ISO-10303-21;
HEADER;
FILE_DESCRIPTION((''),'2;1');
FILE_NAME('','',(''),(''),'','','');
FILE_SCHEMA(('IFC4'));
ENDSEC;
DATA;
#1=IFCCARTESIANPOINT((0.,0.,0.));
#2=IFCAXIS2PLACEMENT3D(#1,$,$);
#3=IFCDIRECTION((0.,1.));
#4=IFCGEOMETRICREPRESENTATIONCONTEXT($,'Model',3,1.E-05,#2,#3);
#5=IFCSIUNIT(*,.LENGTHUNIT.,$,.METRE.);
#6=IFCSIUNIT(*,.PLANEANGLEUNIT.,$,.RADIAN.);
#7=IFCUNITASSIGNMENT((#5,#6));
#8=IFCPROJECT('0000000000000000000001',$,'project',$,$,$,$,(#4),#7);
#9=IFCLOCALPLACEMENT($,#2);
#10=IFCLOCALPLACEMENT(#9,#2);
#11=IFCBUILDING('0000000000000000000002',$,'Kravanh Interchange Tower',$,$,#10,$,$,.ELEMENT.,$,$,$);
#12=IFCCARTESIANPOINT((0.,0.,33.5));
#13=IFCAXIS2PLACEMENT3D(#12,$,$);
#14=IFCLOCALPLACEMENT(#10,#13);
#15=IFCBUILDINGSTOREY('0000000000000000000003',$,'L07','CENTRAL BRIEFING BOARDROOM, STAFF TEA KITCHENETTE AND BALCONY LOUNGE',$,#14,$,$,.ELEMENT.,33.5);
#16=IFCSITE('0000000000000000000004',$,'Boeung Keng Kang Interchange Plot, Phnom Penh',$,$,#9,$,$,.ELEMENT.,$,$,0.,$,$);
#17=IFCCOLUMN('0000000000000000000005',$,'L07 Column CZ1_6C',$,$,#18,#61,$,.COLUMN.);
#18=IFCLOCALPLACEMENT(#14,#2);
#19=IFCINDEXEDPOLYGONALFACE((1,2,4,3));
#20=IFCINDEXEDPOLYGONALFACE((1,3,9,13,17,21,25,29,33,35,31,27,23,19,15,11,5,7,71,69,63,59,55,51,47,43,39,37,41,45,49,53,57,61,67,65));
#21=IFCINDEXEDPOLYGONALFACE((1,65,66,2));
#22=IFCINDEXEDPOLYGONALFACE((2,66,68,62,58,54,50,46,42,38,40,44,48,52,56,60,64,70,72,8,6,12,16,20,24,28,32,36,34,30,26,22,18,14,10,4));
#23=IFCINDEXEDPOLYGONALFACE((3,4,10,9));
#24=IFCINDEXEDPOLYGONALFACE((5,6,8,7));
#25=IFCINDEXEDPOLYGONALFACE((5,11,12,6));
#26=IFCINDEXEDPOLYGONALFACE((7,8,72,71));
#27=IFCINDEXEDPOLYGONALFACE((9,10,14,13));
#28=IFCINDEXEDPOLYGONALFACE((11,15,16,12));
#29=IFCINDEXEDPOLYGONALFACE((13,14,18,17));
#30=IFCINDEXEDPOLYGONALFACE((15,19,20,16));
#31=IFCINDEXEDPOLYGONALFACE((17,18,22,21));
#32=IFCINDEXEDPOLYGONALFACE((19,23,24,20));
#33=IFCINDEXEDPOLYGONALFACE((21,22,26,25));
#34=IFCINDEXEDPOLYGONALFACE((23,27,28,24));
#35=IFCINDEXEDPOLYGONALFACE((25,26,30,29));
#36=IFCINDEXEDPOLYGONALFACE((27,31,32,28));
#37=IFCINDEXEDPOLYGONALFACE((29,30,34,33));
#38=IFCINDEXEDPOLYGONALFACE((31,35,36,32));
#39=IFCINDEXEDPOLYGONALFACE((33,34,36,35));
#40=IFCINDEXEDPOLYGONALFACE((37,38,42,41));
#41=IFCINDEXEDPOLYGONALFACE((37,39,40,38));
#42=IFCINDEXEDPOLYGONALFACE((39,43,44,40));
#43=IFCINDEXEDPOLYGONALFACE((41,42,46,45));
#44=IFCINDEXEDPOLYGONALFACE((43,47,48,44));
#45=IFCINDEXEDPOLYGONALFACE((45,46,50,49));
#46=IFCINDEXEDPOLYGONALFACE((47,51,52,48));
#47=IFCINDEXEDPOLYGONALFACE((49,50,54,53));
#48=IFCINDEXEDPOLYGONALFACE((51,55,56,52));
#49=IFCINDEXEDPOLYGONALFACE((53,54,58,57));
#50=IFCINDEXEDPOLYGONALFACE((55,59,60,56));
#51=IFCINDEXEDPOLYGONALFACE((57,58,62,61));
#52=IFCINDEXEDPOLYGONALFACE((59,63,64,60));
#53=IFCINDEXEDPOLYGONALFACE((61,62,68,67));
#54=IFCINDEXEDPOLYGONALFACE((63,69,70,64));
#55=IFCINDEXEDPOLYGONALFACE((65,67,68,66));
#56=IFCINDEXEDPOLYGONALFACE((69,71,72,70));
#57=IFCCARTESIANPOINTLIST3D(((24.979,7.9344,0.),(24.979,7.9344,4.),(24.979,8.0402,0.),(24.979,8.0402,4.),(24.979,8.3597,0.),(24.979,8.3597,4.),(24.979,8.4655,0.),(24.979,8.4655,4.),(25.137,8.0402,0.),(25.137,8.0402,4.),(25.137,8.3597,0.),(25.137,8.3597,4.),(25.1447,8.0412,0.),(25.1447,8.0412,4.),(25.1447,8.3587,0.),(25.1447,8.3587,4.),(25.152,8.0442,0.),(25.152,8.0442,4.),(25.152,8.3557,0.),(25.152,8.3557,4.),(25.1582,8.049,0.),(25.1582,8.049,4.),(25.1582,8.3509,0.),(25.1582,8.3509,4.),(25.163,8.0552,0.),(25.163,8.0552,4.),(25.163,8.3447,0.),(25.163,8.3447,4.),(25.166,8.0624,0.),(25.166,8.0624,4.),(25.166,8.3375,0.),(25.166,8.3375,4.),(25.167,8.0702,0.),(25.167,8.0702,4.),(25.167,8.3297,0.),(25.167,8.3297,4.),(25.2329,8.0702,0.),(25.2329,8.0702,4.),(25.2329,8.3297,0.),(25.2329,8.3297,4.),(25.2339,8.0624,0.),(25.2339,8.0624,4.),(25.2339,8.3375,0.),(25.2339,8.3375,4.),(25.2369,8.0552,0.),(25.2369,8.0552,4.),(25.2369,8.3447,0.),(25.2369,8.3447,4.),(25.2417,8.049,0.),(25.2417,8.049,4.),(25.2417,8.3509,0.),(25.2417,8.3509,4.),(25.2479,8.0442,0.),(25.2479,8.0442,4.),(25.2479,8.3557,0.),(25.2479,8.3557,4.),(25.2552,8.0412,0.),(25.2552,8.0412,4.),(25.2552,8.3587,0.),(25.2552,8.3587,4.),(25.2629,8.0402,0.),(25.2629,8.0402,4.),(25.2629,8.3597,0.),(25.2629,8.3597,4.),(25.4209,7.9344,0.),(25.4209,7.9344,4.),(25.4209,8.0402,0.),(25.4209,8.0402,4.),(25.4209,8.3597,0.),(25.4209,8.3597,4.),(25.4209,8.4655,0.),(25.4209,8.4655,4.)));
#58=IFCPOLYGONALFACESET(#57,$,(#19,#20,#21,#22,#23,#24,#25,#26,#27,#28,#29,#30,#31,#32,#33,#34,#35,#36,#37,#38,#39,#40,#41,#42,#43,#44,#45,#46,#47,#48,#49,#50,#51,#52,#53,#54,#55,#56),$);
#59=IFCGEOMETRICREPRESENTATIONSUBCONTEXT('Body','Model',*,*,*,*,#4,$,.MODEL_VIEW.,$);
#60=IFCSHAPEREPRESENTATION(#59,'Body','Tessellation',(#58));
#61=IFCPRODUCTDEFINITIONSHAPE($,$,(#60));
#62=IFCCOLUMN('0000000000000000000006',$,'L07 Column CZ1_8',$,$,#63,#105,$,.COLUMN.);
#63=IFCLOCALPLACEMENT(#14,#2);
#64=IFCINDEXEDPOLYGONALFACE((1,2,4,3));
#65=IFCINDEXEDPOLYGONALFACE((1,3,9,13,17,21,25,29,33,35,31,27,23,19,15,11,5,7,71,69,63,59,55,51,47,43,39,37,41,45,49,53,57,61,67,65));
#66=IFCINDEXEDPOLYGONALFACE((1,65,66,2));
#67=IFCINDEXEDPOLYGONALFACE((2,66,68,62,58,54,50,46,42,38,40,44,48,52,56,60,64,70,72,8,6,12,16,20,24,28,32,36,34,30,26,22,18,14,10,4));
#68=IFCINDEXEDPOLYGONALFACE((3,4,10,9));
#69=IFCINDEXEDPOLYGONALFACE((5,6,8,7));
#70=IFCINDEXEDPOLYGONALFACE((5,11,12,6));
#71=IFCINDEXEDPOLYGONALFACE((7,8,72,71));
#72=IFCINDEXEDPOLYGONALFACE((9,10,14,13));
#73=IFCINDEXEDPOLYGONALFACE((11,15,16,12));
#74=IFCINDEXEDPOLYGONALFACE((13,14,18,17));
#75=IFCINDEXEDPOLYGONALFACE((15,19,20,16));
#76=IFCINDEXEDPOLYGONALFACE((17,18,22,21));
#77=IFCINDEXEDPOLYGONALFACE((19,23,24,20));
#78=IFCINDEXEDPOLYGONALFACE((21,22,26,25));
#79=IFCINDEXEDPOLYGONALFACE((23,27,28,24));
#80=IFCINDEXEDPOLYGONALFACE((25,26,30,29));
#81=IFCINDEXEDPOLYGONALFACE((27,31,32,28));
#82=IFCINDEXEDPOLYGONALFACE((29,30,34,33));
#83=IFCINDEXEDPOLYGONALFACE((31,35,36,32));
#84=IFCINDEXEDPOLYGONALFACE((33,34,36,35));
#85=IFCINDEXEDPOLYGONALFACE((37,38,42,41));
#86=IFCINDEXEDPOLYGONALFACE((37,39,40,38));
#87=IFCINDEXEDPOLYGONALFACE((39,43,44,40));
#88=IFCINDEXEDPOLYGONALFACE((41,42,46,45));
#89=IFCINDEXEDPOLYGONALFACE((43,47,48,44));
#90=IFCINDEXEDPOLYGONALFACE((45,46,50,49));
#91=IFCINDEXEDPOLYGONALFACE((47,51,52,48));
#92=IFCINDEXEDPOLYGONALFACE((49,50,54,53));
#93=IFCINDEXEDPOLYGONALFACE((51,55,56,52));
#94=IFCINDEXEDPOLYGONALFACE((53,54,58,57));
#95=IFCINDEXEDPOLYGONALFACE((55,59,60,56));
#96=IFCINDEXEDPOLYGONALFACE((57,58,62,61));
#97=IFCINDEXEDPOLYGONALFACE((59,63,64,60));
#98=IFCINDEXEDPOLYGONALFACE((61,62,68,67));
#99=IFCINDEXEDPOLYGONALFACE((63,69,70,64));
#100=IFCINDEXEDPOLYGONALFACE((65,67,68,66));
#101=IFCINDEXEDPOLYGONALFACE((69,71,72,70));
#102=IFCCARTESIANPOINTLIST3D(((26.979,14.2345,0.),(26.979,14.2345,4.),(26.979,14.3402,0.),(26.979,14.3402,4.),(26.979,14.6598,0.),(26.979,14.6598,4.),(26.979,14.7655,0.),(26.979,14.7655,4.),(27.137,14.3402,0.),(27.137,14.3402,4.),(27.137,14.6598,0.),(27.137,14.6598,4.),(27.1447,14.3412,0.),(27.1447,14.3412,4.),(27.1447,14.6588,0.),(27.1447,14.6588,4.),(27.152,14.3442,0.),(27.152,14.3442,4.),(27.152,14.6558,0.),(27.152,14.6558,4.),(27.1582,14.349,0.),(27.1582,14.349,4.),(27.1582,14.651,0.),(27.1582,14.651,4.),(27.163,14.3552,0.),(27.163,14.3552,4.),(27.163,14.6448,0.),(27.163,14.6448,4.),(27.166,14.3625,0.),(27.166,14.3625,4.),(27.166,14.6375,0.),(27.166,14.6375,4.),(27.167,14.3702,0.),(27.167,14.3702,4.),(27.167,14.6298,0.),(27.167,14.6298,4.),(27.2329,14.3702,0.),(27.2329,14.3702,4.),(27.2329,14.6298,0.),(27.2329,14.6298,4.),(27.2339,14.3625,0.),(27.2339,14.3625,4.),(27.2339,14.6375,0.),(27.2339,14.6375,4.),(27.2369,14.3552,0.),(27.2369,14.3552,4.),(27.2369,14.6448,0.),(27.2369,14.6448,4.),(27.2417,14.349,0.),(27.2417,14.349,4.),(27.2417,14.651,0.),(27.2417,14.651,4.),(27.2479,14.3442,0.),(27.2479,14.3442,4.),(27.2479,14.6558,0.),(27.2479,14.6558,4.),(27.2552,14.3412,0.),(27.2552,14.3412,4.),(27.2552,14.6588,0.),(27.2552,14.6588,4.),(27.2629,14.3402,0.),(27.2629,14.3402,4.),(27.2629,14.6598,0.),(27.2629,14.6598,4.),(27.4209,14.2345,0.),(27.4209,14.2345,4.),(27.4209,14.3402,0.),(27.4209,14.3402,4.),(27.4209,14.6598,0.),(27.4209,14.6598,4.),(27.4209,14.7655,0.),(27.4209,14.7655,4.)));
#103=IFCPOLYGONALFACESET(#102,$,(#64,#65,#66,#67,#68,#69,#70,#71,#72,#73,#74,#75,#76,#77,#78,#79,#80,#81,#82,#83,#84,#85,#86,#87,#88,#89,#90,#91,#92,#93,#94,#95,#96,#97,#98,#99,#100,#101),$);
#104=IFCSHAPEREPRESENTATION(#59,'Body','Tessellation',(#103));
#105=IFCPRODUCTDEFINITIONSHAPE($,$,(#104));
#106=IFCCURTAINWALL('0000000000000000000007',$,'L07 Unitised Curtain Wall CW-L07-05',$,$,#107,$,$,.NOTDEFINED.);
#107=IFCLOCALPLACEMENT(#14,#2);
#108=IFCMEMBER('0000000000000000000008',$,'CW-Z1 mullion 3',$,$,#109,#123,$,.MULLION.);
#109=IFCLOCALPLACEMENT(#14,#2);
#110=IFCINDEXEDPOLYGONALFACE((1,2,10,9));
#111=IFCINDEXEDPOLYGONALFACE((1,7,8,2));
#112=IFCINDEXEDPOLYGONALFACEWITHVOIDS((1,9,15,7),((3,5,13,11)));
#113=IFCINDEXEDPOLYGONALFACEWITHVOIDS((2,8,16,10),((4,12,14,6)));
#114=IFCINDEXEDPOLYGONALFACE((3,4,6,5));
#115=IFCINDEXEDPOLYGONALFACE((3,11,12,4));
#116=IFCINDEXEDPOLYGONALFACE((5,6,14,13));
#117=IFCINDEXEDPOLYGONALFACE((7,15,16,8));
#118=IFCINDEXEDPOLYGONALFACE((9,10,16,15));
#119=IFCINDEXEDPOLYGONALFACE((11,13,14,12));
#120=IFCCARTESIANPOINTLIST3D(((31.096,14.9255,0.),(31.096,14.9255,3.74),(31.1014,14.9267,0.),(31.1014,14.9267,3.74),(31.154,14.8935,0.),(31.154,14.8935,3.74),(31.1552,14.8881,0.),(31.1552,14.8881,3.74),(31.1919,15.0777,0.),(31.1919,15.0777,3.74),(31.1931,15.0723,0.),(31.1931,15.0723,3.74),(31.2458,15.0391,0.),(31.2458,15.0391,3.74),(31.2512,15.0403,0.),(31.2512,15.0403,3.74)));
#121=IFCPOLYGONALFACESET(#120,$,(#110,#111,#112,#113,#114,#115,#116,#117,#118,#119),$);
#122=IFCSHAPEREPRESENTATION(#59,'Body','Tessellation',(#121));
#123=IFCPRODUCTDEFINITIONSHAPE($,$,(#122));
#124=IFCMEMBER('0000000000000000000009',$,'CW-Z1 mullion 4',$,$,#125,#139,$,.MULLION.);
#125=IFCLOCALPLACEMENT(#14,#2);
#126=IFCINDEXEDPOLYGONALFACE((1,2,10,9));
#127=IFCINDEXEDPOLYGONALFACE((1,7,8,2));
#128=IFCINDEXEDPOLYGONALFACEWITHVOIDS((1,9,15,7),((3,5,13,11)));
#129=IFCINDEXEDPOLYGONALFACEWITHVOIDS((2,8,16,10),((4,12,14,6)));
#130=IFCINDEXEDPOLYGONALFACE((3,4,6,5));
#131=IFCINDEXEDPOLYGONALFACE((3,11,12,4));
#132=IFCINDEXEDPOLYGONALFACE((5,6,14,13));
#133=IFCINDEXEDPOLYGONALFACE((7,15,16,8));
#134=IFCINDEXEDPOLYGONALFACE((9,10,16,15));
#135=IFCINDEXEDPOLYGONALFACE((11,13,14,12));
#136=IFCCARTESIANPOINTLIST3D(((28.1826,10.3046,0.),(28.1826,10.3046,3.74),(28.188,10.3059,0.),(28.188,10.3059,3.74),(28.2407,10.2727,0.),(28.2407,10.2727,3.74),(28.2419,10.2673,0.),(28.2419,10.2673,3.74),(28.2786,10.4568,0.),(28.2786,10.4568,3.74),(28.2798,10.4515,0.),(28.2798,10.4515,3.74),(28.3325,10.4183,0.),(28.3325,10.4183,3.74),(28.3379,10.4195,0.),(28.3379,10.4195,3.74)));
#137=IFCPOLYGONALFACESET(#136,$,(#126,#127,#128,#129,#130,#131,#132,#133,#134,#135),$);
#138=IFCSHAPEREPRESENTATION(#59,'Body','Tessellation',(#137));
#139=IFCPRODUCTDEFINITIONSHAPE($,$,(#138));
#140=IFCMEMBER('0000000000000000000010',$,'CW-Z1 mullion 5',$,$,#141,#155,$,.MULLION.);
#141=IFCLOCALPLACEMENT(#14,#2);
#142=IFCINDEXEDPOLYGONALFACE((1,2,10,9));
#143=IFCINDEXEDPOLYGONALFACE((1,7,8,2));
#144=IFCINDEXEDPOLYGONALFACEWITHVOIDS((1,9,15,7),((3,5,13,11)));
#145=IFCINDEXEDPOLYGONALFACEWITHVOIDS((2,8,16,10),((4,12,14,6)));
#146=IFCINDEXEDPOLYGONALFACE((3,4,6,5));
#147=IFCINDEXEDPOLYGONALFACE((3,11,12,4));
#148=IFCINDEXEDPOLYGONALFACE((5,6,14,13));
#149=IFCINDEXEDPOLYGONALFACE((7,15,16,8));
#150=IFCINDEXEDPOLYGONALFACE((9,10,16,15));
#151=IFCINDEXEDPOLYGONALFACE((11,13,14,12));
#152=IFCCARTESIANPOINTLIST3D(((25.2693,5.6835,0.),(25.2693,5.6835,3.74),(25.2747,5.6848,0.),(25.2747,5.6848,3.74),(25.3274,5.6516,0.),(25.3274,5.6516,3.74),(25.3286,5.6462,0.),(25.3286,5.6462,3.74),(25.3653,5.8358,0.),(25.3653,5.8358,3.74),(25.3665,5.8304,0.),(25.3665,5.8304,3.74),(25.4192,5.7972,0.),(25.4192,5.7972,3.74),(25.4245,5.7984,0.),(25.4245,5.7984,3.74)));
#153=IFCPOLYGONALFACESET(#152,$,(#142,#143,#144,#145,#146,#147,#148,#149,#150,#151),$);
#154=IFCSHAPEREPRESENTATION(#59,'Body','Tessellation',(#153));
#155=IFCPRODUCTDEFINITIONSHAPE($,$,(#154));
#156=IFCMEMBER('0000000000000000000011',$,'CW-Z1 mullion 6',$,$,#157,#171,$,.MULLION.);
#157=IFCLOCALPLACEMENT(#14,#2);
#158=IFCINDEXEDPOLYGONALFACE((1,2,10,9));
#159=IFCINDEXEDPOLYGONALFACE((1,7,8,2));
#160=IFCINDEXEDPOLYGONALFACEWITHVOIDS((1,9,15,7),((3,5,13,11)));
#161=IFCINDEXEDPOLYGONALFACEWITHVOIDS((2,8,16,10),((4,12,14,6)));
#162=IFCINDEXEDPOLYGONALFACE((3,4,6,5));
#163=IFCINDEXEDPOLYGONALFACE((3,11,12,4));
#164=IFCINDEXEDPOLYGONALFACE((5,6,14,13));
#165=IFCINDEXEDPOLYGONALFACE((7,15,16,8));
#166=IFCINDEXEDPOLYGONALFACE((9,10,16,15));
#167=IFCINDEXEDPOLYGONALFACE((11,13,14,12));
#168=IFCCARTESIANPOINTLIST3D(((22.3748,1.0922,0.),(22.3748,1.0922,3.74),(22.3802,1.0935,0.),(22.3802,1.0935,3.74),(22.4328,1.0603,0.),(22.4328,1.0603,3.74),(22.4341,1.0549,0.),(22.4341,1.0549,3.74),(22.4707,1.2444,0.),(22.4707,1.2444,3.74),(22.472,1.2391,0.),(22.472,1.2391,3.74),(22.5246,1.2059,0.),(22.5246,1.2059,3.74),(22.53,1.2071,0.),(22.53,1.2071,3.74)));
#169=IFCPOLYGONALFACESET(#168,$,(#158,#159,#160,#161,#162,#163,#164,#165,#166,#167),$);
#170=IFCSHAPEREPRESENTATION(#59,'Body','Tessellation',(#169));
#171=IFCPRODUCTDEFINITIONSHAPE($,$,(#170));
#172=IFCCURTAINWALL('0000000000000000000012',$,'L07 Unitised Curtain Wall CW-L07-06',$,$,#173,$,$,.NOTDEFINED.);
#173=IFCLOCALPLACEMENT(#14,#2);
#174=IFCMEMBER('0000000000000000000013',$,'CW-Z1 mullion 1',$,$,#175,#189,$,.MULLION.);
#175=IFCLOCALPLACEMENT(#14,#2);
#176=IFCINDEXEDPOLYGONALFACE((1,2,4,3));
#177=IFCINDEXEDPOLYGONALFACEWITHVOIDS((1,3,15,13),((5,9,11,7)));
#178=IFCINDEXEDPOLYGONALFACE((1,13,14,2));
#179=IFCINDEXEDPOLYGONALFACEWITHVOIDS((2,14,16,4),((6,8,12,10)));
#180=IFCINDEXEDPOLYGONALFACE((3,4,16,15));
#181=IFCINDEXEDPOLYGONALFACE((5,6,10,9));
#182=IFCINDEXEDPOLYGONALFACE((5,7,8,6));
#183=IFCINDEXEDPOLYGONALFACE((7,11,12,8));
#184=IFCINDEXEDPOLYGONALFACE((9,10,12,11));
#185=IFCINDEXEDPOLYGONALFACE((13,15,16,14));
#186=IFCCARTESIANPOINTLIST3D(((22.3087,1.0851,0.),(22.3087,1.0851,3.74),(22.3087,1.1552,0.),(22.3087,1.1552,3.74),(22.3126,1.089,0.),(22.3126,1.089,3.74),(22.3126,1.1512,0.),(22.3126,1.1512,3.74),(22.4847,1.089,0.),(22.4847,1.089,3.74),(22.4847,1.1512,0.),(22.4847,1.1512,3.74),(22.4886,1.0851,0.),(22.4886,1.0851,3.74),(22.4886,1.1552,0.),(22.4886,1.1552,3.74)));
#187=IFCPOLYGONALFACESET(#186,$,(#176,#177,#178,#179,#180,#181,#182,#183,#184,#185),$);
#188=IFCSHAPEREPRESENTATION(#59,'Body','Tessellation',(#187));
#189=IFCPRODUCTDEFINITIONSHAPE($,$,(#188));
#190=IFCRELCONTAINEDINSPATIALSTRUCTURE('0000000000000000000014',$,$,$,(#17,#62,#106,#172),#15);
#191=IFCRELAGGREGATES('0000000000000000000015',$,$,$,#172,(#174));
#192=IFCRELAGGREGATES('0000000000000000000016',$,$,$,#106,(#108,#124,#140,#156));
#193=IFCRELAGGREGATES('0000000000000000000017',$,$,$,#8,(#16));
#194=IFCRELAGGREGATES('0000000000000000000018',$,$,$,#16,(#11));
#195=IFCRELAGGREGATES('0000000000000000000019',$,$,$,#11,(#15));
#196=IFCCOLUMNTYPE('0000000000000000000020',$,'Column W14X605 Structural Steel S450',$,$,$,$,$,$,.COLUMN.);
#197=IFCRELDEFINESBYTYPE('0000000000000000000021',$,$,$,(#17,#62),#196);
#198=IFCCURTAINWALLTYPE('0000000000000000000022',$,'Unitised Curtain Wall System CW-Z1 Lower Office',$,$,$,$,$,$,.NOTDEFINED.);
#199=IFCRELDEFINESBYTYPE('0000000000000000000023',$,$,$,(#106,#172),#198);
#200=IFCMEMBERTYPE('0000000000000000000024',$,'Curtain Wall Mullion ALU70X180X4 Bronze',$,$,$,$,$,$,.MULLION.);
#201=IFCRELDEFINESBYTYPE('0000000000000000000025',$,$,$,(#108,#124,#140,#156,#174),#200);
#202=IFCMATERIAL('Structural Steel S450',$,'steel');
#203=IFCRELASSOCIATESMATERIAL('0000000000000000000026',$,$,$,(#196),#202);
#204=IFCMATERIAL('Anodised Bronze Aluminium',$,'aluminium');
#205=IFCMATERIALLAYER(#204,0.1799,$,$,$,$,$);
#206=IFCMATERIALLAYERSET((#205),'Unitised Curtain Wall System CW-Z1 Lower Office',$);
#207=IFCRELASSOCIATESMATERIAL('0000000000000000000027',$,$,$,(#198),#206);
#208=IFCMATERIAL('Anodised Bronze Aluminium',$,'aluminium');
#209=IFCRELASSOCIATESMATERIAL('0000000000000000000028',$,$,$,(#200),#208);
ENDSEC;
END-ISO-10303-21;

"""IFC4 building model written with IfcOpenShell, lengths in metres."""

from ifc_helpers import new_model, si_unit, direction, frame, origin, origin_2d, place, context, subcontext, project, spatial, hollow_rectangle, i_section, extrude, material, layer, layer_set, material_profile, profile_set, type_object, element, aggregate, save


model = new_model("IFC4")

# Units and contexts
model_context = context("Model", 3, precision=1e-05, world=origin(), true_north=direction((0.0, 1.0)))
body_context = subcontext(model_context, "Body", "Model", "MODEL_VIEW")
ifc_project = project(units=[si_unit("LENGTHUNIT", "METRE"), si_unit("PLANEANGLEUNIT", "RADIAN")], contexts=[model_context])

# Site, building, storey
site_placement = place(None, origin())
site = spatial("IfcSite", under=ifc_project, at=site_placement, Name="Boeung Keng Kang Interchange Plot, Phnom Penh", CompositionType="ELEMENT", RefElevation=0.0)
building_placement = place(site_placement, origin())
building = spatial("IfcBuilding", under=site, at=building_placement, Name="Kravanh Interchange Tower", CompositionType="ELEMENT")
storey_placement = place(building_placement, frame((0.0, 0.0, 33.5)))
storey = spatial("IfcBuildingStorey", under=building, at=storey_placement, Name="L07", Description="CENTRAL BRIEFING BOARDROOM, STAFF TEA KITCHENETTE AND BALCONY LOUNGE", CompositionType="ELEMENT", Elevation=33.5)

# Columns
ifc_material_1 = material(Name="Structural Steel S450", Category="steel")
ifc_material_profile_1 = material_profile(ifc_material_1, i_section(OverallWidth=0.4419, OverallDepth=0.531, WebThickness=0.0659, FlangeThickness=0.1057, FilletRadius=0.03, at=origin_2d()), Name="W14X605")
ifc_profile_set_1 = profile_set([ifc_material_profile_1], Name="Structural Steel S450")
column_type = type_object("IfcColumnType", Name="Column W14X605 Structural Steel S450", PredefinedType="COLUMN", material=ifc_profile_set_1)
for number, where, z_axis, x_axis, name in (
    (1, (25.2, 8.2, 0.0), (0.0, 0.0, 1.0), (1.0, 0.0, 0.0), "L07 Column CZ1_6C"),
    (2, (27.2, 14.5, 0.0), (0.0, 0.0, 1.0), (1.0, 0.0, 0.0), "L07 Column CZ1_8"),
):
    element("IfcColumn", number, at=place(storey_placement, frame(where, z_axis=z_axis, x_axis=x_axis)), inside=storey, type_object=column_type, Name=name, PredefinedType="COLUMN", context=body_context, shape_type="SweptSolid", body=[
        extrude(i_section(OverallWidth=0.4419, OverallDepth=0.531, WebThickness=0.0659, FlangeThickness=0.1057, FilletRadius=0.03, at=origin_2d()), origin(), (0.0, 0.0, 1.0), 4.0),
    ])

# Curtain wall, members
ifc_material_2 = material(Name="Anodised Bronze Aluminium", Category="aluminium")
ifc_layer_1 = layer(ifc_material_2, 0.1799)
ifc_layer_set_1 = layer_set([ifc_layer_1], Name="Unitised Curtain Wall System CW-Z1 Lower Office")
curtain_wall_type = type_object("IfcCurtainWallType", Name="Unitised Curtain Wall System CW-Z1 Lower Office", PredefinedType="NOTDEFINED", material=ifc_layer_set_1)
curtain_wall_1_placement = place(storey_placement, origin())
curtain_wall_1 = element("IfcCurtainWall", 3, at=curtain_wall_1_placement, inside=storey, type_object=curtain_wall_type, Name="L07 Unitised Curtain Wall CW-L07-05", PredefinedType="NOTDEFINED")
ifc_material_3 = material(Name="Anodised Bronze Aluminium", Category="aluminium")
ifc_material_profile_2 = material_profile(ifc_material_3, hollow_rectangle(XDim=0.0701, YDim=0.1799, WallThickness=0.0039, at=origin_2d()), Name="ALU70X180X4")
ifc_profile_set_2 = profile_set([ifc_material_profile_2], Name="Anodised Bronze Aluminium")
member_type_1 = type_object("IfcMemberType", Name="Curtain Wall Mullion ALU70X180X4 Bronze", PredefinedType="MULLION", material=ifc_profile_set_2)
member_1_placement = place(storey_placement, frame((31.1736, 14.9829, 0.0), z_axis=(0.0, 0.0, 1.0), x_axis=(0.845926, -0.533301, 0.0)))
member_1 = element("IfcMember", 4, at=member_1_placement, type_object=member_type_1, Name="CW-Z1 mullion 3", PredefinedType="MULLION", context=body_context, shape_type="SweptSolid", body=[
    extrude(hollow_rectangle(XDim=0.0701, YDim=0.1799, WallThickness=0.0039, at=origin_2d()), origin(), (0.0, 0.0, 1.0), 3.74),
])
member_2_placement = place(storey_placement, frame((28.2603, 10.3621, 0.0), z_axis=(0.0, 0.0, 1.0), x_axis=(0.845926, -0.533301, 0.0)))
member_2 = element("IfcMember", 5, at=member_2_placement, type_object=member_type_1, Name="CW-Z1 mullion 4", PredefinedType="MULLION", context=body_context, shape_type="SweptSolid", body=[
    extrude(hollow_rectangle(XDim=0.0701, YDim=0.1799, WallThickness=0.0039, at=origin_2d()), origin(), (0.0, 0.0, 1.0), 3.74),
])
member_3_placement = place(storey_placement, frame((25.3469, 5.741, 0.0), z_axis=(0.0, 0.0, 1.0), x_axis=(0.845926, -0.533301, 0.0)))
member_3 = element("IfcMember", 6, at=member_3_placement, type_object=member_type_1, Name="CW-Z1 mullion 5", PredefinedType="MULLION", context=body_context, shape_type="SweptSolid", body=[
    extrude(hollow_rectangle(XDim=0.0701, YDim=0.1799, WallThickness=0.0039, at=origin_2d()), origin(), (0.0, 0.0, 1.0), 3.74),
])
member_4_placement = place(storey_placement, frame((22.4524, 1.1497, 0.0), z_axis=(0.0, 0.0, 1.0), x_axis=(0.845926, -0.533301, 0.0)))
member_4 = element("IfcMember", 7, at=member_4_placement, type_object=member_type_1, Name="CW-Z1 mullion 6", PredefinedType="MULLION", context=body_context, shape_type="SweptSolid", body=[
    extrude(hollow_rectangle(XDim=0.0701, YDim=0.1799, WallThickness=0.0039, at=origin_2d()), origin(), (0.0, 0.0, 1.0), 3.74),
])

# Curtain wall, member
curtain_wall_2_placement = place(storey_placement, origin())
curtain_wall_2 = element("IfcCurtainWall", 8, at=curtain_wall_2_placement, inside=storey, type_object=curtain_wall_type, Name="L07 Unitised Curtain Wall CW-L07-06", PredefinedType="NOTDEFINED")
member_5_placement = place(storey_placement, frame((22.3987, 1.1201, 0.0), z_axis=(0.0, 0.0, 1.0), x_axis=(0.0, -1.0, 0.0)))
member_5 = element("IfcMember", 9, at=member_5_placement, type_object=member_type_1, Name="CW-Z1 mullion 1", PredefinedType="MULLION", context=body_context, shape_type="SweptSolid", body=[
    extrude(hollow_rectangle(XDim=0.0701, YDim=0.1799, WallThickness=0.0039, at=origin_2d()), origin(), (0.0, 0.0, 1.0), 3.74),
])

aggregate(curtain_wall_2, [member_5])

aggregate(curtain_wall_1, [member_1, member_2, member_3, member_4])

save(model, "model.ifc")
